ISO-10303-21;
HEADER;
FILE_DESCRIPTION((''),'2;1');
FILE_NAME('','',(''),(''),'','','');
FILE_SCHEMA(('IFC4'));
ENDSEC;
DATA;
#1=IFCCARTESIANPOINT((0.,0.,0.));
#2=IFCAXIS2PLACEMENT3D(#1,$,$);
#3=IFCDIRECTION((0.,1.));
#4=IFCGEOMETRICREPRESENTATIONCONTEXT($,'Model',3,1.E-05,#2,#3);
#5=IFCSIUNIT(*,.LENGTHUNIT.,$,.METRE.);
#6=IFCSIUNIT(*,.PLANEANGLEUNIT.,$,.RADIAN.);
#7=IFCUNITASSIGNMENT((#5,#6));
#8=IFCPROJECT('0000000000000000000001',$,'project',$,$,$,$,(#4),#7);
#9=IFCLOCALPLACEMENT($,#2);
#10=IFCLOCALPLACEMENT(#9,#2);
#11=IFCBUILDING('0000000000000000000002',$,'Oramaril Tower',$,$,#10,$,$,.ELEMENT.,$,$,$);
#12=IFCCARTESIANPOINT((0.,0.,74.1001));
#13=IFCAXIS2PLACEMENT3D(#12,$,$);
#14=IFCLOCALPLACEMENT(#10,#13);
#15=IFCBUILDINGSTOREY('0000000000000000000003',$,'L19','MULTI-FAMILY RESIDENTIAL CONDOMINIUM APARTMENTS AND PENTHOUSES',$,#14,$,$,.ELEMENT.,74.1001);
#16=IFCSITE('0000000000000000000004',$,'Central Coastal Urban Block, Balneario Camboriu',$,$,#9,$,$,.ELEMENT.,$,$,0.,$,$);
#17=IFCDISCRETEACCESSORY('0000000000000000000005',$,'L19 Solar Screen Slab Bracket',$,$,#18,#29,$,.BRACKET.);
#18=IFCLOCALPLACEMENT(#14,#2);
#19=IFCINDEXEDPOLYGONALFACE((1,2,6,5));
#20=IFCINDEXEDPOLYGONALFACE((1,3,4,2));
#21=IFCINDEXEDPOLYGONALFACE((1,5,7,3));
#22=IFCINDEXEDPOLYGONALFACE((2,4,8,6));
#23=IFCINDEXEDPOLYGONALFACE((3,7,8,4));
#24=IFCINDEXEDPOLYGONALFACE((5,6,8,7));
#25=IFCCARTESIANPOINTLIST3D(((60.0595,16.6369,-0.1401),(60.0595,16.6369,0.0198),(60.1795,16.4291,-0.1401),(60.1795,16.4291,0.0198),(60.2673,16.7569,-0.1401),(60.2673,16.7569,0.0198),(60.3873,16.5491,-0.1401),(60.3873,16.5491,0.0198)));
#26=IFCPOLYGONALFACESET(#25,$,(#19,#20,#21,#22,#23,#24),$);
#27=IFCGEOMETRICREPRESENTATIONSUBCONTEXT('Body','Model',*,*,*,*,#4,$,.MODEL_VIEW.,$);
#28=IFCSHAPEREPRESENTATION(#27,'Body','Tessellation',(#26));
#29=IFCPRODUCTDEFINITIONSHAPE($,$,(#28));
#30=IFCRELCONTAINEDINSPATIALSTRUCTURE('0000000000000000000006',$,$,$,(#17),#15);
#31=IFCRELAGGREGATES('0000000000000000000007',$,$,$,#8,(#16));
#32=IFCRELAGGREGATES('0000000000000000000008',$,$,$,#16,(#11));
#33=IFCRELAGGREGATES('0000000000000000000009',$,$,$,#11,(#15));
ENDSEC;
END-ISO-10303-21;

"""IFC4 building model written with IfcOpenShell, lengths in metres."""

from ifc_helpers import new_model, si_unit, direction, frame, origin, origin_2d, place, context, subcontext, project, spatial, rectangle, extrude, element, save


model = new_model("IFC4")

# Units and contexts
model_context = context("Model", 3, precision=1e-05, world=origin(), true_north=direction((0.0, 1.0)))
body_context = subcontext(model_context, "Body", "Model", "MODEL_VIEW")
ifc_project = project(units=[si_unit("LENGTHUNIT", "METRE"), si_unit("PLANEANGLEUNIT", "RADIAN")], contexts=[model_context])

# Site, building, storey
site_placement = place(None, origin())
site = spatial("IfcSite", under=ifc_project, at=site_placement, Name="Central Coastal Urban Block, Balneario Camboriu", CompositionType="ELEMENT", RefElevation=0.0)
building_placement = place(site_placement, origin())
building = spatial("IfcBuilding", under=site, at=building_placement, Name="Oramaril Tower", CompositionType="ELEMENT")
storey_placement = place(building_placement, frame((0.0, 0.0, 74.1001)))
storey = spatial("IfcBuildingStorey", under=building, at=storey_placement, Name="L19", Description="MULTI-FAMILY RESIDENTIAL CONDOMINIUM APARTMENTS AND PENTHOUSES", CompositionType="ELEMENT", Elevation=74.1001)

# Discrete accessory
discrete_accessory_placement = place(storey_placement, frame((60.2234, 16.593, -0.1401), z_axis=(0.0, 0.0, 1.0), x_axis=(-0.5, 0.866025, 0.0)))
element("IfcDiscreteAccessory", 1, at=discrete_accessory_placement, inside=storey, Name="L19 Solar Screen Slab Bracket", PredefinedType="BRACKET", context=body_context, shape_type="SweptSolid", body=[
    extrude(rectangle(XDim=0.24, YDim=0.24, at=origin_2d()), origin(), (0.0, 0.0, 1.0), 0.1599),
])

save(model, "model.ifc")
